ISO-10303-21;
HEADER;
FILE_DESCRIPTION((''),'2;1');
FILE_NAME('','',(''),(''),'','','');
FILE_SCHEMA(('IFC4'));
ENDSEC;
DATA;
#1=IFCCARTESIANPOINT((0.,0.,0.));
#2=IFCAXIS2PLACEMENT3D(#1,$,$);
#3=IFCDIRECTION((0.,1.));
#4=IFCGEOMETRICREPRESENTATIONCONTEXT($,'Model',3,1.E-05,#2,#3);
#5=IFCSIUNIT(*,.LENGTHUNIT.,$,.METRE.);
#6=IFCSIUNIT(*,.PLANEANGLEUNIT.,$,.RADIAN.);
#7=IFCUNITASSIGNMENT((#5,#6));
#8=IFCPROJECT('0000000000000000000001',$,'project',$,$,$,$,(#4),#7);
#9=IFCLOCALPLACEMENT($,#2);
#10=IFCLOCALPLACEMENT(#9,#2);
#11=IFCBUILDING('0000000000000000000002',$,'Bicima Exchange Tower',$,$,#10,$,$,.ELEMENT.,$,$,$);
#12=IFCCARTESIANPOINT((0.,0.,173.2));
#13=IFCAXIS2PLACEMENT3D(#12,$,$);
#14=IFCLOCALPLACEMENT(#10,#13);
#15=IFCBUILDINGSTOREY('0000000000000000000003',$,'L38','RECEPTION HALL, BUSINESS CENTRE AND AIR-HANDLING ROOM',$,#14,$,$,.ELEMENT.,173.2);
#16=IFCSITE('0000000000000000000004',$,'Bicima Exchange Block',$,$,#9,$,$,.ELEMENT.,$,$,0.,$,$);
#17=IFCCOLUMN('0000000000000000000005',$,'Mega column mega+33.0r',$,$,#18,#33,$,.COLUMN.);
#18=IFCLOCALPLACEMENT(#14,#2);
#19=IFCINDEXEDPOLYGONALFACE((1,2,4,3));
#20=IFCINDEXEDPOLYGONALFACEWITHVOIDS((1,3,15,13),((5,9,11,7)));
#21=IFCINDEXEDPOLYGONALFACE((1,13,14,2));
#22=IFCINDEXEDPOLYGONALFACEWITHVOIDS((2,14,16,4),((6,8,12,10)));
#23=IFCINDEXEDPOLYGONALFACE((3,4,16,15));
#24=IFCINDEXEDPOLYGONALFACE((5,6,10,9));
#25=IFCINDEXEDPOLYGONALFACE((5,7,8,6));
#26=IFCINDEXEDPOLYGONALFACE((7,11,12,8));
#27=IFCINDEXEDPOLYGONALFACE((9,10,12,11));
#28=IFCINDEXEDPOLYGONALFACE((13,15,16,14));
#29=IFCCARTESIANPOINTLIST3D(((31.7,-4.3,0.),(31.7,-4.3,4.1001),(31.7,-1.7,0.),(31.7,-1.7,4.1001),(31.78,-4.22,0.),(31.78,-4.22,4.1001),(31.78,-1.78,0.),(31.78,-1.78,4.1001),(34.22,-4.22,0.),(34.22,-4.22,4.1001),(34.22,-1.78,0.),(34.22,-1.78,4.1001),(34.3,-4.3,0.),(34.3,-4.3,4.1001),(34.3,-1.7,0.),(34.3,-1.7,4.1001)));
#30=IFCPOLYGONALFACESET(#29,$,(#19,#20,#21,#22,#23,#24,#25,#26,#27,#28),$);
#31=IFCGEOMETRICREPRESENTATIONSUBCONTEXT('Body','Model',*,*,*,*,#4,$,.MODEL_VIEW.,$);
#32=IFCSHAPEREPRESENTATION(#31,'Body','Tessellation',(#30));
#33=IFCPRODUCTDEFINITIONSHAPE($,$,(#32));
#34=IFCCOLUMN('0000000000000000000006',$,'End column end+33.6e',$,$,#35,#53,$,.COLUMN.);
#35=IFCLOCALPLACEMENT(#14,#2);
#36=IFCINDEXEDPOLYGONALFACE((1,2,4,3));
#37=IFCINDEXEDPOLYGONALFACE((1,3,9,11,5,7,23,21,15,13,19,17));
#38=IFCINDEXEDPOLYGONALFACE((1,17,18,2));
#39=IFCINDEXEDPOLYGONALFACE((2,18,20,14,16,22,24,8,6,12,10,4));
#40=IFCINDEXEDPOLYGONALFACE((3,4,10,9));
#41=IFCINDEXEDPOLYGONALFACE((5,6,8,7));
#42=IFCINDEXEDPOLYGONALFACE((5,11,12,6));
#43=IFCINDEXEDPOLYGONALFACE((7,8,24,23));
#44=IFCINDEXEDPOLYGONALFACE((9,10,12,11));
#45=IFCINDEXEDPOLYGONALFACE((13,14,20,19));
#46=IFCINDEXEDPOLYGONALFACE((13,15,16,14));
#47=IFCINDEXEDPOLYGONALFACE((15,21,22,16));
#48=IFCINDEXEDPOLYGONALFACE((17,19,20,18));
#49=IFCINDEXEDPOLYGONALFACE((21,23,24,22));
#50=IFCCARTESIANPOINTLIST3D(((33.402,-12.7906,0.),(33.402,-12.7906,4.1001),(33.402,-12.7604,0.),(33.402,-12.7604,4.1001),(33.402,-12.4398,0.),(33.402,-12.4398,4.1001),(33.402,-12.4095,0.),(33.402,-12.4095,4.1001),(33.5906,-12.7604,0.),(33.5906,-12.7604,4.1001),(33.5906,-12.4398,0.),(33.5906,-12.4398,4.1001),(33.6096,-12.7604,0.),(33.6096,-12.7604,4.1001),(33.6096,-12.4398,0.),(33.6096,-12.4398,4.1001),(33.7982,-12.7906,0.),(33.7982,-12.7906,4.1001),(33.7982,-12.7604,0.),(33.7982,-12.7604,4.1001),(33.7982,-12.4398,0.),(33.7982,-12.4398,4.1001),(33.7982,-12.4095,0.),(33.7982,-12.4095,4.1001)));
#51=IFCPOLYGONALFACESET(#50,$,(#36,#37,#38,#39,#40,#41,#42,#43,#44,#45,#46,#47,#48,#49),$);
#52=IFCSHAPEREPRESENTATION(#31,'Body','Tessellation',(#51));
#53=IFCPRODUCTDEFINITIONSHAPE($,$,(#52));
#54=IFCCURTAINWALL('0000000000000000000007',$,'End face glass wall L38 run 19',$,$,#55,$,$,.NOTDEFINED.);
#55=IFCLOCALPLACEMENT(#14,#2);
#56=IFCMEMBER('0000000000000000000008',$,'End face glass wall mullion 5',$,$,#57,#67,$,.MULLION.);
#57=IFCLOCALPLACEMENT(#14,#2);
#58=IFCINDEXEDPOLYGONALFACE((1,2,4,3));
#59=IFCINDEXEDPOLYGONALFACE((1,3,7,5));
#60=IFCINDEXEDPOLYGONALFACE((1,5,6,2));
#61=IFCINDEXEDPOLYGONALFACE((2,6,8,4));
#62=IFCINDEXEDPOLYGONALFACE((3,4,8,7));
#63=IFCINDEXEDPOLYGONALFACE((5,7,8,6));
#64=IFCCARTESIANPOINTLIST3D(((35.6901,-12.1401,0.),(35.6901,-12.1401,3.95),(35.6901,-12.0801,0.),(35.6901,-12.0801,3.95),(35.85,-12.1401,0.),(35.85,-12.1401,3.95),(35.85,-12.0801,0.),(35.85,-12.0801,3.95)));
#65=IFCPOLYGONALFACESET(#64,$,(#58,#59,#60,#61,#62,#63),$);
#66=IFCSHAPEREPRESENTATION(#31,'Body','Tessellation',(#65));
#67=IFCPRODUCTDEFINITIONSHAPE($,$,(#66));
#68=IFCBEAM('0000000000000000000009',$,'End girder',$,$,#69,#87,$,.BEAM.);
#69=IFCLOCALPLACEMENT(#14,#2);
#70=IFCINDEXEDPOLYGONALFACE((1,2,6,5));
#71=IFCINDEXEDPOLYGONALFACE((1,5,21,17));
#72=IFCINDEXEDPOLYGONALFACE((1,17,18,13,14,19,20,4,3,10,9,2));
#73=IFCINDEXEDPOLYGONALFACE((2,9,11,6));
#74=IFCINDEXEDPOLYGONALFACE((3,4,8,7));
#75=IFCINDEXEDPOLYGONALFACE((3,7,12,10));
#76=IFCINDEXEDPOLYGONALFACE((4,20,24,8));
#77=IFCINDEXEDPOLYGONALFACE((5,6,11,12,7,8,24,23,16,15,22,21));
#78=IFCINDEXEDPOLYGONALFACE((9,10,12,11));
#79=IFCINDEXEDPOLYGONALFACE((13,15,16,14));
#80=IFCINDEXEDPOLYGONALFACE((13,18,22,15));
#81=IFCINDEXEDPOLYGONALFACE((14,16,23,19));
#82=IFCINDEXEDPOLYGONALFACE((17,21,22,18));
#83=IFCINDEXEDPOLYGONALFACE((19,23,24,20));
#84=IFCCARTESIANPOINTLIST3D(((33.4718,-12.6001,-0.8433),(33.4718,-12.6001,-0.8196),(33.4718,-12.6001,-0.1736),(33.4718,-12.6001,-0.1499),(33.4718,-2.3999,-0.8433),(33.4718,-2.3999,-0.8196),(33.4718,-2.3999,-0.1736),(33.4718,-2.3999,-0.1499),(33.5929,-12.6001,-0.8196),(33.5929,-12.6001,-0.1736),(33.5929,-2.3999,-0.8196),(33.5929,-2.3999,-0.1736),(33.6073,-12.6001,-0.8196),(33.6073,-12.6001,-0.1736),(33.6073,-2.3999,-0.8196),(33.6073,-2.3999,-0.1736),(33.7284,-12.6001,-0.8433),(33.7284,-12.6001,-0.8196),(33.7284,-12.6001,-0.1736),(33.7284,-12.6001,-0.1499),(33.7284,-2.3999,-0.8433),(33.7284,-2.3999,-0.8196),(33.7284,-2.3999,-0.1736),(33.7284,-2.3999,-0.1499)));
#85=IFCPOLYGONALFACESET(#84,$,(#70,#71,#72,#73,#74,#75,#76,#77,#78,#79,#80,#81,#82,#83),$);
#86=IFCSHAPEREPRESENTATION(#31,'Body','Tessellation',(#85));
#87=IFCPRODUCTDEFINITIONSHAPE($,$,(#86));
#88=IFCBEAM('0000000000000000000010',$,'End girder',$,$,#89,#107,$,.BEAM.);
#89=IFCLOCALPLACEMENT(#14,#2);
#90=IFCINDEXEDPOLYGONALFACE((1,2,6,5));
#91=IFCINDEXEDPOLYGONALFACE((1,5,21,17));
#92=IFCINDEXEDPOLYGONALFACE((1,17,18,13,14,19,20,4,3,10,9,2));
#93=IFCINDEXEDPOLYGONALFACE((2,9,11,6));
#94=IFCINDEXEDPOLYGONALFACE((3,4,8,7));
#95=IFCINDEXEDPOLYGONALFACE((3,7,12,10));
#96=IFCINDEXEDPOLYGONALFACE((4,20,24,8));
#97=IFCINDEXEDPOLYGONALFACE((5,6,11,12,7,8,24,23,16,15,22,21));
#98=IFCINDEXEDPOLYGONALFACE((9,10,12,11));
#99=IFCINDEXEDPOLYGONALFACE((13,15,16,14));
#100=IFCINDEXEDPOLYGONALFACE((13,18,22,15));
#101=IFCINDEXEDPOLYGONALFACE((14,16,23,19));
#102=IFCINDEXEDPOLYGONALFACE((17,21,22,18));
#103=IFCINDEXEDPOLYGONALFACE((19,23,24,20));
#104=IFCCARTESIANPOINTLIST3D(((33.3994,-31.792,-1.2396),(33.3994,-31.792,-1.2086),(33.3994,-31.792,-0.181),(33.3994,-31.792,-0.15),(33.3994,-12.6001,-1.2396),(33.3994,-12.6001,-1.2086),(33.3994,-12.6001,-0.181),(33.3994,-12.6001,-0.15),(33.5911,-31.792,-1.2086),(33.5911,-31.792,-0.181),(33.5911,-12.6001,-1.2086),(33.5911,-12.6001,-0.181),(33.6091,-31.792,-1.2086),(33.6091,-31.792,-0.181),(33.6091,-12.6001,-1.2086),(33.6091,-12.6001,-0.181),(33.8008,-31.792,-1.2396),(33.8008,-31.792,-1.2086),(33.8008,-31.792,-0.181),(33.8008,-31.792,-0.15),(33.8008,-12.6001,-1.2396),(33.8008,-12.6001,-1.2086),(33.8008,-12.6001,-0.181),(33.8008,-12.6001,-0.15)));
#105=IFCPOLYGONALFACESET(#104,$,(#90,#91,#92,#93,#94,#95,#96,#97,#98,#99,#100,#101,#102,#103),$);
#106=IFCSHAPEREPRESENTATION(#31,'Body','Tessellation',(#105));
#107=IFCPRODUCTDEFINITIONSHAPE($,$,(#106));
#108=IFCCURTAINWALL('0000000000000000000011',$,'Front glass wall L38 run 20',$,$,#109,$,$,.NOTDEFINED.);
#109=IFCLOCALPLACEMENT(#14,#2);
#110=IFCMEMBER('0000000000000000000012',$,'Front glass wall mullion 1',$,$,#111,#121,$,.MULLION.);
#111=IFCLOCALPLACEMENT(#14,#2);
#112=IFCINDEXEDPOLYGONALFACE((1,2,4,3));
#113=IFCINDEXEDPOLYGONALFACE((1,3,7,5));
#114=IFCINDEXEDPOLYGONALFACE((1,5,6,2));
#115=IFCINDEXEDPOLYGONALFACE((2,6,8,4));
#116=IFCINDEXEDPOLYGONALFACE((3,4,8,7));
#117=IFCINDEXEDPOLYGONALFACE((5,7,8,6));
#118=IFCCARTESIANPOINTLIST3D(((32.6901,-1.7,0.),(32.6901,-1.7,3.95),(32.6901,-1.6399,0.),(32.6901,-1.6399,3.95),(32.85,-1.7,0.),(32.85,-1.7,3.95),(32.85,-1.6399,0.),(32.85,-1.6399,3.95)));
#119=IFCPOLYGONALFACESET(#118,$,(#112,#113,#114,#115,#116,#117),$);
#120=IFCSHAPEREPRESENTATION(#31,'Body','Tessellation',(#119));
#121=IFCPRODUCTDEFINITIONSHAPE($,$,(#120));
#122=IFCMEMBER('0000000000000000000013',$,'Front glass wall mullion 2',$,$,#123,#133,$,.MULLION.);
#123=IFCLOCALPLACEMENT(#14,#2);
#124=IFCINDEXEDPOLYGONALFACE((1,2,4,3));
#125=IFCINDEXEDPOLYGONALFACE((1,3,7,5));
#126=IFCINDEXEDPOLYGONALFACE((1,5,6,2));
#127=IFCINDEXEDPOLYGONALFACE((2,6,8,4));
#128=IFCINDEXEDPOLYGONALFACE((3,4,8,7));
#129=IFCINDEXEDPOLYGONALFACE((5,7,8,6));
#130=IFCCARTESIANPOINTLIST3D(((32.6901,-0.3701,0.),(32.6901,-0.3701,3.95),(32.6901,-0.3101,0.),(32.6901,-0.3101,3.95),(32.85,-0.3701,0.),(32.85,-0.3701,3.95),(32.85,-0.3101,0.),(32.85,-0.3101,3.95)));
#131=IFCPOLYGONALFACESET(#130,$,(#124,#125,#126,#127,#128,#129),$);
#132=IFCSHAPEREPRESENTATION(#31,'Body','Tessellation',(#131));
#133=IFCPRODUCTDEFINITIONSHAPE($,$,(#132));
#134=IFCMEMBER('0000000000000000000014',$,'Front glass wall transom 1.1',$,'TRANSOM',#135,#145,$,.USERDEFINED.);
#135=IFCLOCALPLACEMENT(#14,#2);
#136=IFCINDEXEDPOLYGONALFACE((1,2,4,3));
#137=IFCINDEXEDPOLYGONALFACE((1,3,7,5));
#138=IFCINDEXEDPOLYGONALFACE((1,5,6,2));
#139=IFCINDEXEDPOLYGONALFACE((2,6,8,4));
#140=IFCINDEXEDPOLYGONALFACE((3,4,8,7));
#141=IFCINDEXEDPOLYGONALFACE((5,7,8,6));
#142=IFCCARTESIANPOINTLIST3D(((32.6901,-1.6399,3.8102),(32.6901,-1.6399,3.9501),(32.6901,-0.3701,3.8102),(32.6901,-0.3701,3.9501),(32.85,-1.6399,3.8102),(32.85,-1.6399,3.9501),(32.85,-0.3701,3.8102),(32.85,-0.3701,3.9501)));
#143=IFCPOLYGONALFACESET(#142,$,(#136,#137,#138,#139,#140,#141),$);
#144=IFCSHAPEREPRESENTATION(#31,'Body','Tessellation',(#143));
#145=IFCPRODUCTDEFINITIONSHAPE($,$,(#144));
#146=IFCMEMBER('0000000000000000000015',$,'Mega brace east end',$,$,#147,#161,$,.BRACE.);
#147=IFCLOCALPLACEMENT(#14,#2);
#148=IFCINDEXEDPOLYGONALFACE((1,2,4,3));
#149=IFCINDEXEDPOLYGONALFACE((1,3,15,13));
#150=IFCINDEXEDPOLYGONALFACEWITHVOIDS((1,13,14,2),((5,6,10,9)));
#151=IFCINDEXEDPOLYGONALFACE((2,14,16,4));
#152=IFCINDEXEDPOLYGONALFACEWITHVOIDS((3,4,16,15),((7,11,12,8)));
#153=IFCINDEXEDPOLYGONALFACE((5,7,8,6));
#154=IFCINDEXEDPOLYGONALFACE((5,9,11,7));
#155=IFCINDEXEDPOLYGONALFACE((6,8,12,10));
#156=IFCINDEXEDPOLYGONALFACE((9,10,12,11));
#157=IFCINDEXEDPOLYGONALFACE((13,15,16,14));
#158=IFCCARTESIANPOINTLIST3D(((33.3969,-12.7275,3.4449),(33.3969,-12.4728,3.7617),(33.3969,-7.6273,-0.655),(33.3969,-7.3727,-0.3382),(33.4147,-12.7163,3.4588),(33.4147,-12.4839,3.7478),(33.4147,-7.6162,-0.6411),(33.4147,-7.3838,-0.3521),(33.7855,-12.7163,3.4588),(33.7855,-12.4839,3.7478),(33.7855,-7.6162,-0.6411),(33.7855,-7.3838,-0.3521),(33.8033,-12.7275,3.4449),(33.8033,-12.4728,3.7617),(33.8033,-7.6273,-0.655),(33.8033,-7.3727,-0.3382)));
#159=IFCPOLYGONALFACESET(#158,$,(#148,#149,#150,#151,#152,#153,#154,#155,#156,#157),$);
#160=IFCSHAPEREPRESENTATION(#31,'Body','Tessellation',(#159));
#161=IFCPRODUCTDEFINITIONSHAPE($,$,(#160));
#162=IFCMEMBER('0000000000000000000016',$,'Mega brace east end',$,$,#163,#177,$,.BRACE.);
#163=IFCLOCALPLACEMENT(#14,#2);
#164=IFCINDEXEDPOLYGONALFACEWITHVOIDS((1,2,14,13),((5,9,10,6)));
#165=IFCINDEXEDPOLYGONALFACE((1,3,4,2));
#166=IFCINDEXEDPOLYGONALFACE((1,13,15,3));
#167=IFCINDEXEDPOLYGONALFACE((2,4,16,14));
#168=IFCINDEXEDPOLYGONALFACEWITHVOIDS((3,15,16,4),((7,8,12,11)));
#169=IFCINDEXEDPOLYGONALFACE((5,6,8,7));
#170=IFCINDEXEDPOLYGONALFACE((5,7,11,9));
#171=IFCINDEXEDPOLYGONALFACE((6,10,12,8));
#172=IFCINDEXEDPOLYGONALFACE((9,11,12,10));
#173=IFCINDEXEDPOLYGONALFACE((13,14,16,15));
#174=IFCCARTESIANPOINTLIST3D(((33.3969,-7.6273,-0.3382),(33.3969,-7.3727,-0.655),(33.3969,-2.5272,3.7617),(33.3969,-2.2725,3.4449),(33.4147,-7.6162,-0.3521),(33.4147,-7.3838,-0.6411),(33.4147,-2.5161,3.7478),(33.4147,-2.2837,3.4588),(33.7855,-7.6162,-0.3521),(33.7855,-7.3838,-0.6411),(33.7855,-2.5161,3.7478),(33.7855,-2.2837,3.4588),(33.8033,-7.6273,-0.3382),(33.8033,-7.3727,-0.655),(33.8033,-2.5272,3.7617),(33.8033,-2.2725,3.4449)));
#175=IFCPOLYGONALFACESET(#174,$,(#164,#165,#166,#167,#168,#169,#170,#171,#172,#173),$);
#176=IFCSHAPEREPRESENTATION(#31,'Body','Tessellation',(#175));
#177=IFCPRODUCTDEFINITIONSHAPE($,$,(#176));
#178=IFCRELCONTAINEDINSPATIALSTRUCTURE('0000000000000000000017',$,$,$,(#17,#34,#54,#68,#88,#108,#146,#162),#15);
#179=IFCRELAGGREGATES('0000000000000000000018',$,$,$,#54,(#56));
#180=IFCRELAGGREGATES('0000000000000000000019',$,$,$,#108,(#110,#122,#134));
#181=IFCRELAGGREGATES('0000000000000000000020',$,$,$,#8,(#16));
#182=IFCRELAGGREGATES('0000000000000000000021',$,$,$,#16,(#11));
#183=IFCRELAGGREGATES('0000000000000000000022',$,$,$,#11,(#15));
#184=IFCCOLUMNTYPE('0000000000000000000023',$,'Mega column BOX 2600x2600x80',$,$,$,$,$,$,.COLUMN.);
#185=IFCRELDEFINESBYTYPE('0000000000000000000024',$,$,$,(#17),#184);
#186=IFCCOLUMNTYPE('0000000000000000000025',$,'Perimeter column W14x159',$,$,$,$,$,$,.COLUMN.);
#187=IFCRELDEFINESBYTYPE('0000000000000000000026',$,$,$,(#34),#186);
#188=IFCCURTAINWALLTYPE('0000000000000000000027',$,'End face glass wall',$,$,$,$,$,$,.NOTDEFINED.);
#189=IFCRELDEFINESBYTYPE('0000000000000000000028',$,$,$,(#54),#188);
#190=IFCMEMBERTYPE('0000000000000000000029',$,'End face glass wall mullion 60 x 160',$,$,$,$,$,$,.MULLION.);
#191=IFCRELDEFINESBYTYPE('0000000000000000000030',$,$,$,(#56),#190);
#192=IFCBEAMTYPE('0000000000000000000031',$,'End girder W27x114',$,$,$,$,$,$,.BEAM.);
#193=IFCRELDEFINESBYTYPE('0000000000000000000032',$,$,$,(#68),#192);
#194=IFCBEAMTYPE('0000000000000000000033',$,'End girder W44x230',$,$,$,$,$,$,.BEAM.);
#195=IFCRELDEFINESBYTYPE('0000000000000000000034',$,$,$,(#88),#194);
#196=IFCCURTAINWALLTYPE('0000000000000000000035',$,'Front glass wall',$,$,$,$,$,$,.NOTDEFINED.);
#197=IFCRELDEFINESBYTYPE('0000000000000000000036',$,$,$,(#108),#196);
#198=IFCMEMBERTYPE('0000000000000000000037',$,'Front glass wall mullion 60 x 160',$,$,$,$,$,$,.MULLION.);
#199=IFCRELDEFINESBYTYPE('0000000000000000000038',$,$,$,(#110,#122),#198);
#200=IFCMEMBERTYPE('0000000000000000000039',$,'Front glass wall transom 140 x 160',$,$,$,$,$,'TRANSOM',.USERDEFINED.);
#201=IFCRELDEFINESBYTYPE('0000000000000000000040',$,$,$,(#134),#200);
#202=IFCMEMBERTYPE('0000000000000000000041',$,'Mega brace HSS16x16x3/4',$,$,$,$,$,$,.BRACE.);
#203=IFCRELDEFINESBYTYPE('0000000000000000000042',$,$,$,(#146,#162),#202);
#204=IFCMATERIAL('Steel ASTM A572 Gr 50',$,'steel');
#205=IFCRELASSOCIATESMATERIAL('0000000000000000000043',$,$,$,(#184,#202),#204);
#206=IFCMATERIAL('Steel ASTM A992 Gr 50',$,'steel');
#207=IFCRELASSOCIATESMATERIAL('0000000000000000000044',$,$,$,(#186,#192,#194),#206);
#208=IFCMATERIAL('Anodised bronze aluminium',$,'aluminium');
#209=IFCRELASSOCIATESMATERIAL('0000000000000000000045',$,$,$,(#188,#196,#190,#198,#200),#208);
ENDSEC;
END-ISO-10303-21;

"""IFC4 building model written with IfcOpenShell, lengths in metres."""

from ifc_helpers import new_model, si_unit, direction, frame, origin, origin_2d, place, context, subcontext, project, spatial, rectangle, hollow_rectangle, i_section, extrude, material, material_profile, profile_set, type_object, element, aggregate, save


model = new_model("IFC4")

# Units and contexts
model_context = context("Model", 3, precision=1e-05, world=origin(), true_north=direction((0.0, 1.0)))
body_context = subcontext(model_context, "Body", "Model", "MODEL_VIEW")
ifc_project = project(units=[si_unit("LENGTHUNIT", "METRE"), si_unit("PLANEANGLEUNIT", "RADIAN")], contexts=[model_context])

# Site, building, storey
site_placement = place(None, origin())
site = spatial("IfcSite", under=ifc_project, at=site_placement, Name="Bicima Exchange Block", CompositionType="ELEMENT", RefElevation=0.0)
building_placement = place(site_placement, origin())
building = spatial("IfcBuilding", under=site, at=building_placement, Name="Bicima Exchange Tower", CompositionType="ELEMENT")
storey_placement = place(building_placement, frame((0.0, 0.0, 173.2)))
storey = spatial("IfcBuildingStorey", under=building, at=storey_placement, Name="L38", Description="RECEPTION HALL, BUSINESS CENTRE AND AIR-HANDLING ROOM", CompositionType="ELEMENT", Elevation=173.2)

# Columns
ifc_material_1 = material(Name="Steel ASTM A572 Gr 50", Category="steel")
ifc_material_profile_1 = material_profile(ifc_material_1, hollow_rectangle(XDim=2.6001, YDim=2.6001, WallThickness=0.0801, at=origin_2d()))
ifc_profile_set_1 = profile_set([ifc_material_profile_1], Name="Steel ASTM A572 Gr 50")
column_type_1 = type_object("IfcColumnType", Name="Mega column BOX 2600x2600x80", PredefinedType="COLUMN", material=ifc_profile_set_1)
column_1_placement = place(storey_placement, frame((33.0, -3.0, 0.0), z_axis=(0.0, 0.0, 1.0), x_axis=(1.0, 0.0, 0.0)))
element("IfcColumn", 1, at=column_1_placement, inside=storey, type_object=column_type_1, Name="Mega column mega+33.0r", PredefinedType="COLUMN", context=body_context, shape_type="SweptSolid", body=[
    extrude(hollow_rectangle(XDim=2.6001, YDim=2.6001, WallThickness=0.0801, at=origin_2d()), origin(), (0.0, 0.0, 1.0), 4.1001),
])
ifc_material_2 = material(Name="Steel ASTM A992 Gr 50", Category="steel")
ifc_material_profile_2 = material_profile(ifc_material_2, i_section(OverallWidth=0.3962, OverallDepth=0.3811, WebThickness=0.019, FlangeThickness=0.0303, at=origin_2d()))
ifc_profile_set_2 = profile_set([ifc_material_profile_2], Name="Steel ASTM A992 Gr 50")
column_type_2 = type_object("IfcColumnType", Name="Perimeter column W14x159", PredefinedType="COLUMN", material=ifc_profile_set_2)
column_2_placement = place(storey_placement, frame((33.6001, -12.6001, 0.0), z_axis=(0.0, 0.0, 1.0), x_axis=(1.0, 0.0, 0.0)))
element("IfcColumn", 2, at=column_2_placement, inside=storey, type_object=column_type_2, Name="End column end+33.6e", PredefinedType="COLUMN", context=body_context, shape_type="SweptSolid", body=[
    extrude(i_section(OverallWidth=0.3962, OverallDepth=0.3811, WebThickness=0.019, FlangeThickness=0.0303, at=origin_2d()), origin(), (0.0, 0.0, 1.0), 4.1001),
])

# Curtain wall, member
ifc_material_3 = material(Name="Anodised bronze aluminium", Category="aluminium")
curtain_wall_type_1 = type_object("IfcCurtainWallType", Name="End face glass wall", PredefinedType="NOTDEFINED", material=ifc_material_3)
curtain_wall_1_placement = place(storey_placement, origin())
curtain_wall_1 = element("IfcCurtainWall", 3, at=curtain_wall_1_placement, inside=storey, type_object=curtain_wall_type_1, Name="End face glass wall L38 run 19", PredefinedType="NOTDEFINED")
ifc_material_profile_3 = material_profile(ifc_material_3, rectangle(XDim=0.1599, YDim=0.0601, at=origin_2d()))
ifc_profile_set_3 = profile_set([ifc_material_profile_3], Name="Anodised bronze aluminium")
member_type_1 = type_object("IfcMemberType", Name="End face glass wall mullion 60 x 160", PredefinedType="MULLION", material=ifc_profile_set_3)
member_1_placement = place(storey_placement, frame((35.77, -12.1101, 0.0), z_axis=(0.0, 0.0, 1.0), x_axis=(-1.0, 0.0, 0.0)))
member_1 = element("IfcMember", 4, at=member_1_placement, type_object=member_type_1, Name="End face glass wall mullion 5", PredefinedType="MULLION", context=body_context, shape_type="SweptSolid", body=[
    extrude(rectangle(XDim=0.1599, YDim=0.0601, at=origin_2d()), origin(), (0.0, 0.0, 1.0), 3.95),
])
aggregate(curtain_wall_1, [member_1])

# Beams
ifc_material_profile_4 = material_profile(ifc_material_2, i_section(OverallWidth=0.2566, OverallDepth=0.6934, WebThickness=0.0144, FlangeThickness=0.0237, at=origin_2d()))
ifc_profile_set_4 = profile_set([ifc_material_profile_4], Name="Steel ASTM A992 Gr 50")
beam_type_1 = type_object("IfcBeamType", Name="End girder W27x114", PredefinedType="BEAM", material=ifc_profile_set_4)
beam_1_placement = place(storey_placement, frame((33.6001, -2.3999, -0.4966), z_axis=(0.0, -1.0, 0.0), x_axis=(1.0, 0.0, 0.0)))
element("IfcBeam", 5, at=beam_1_placement, inside=storey, type_object=beam_type_1, Name="End girder", PredefinedType="BEAM", context=body_context, shape_type="SweptSolid", body=[
    extrude(i_section(OverallWidth=0.2566, OverallDepth=0.6934, WebThickness=0.0144, FlangeThickness=0.0237, at=origin_2d()), origin(), (0.0, 0.0, 1.0), 10.2002),
])
ifc_material_profile_5 = material_profile(ifc_material_2, i_section(OverallWidth=0.4014, OverallDepth=1.0896, WebThickness=0.0181, FlangeThickness=0.031, at=origin_2d()))
ifc_profile_set_5 = profile_set([ifc_material_profile_5], Name="Steel ASTM A992 Gr 50")
beam_type_2 = type_object("IfcBeamType", Name="End girder W44x230", PredefinedType="BEAM", material=ifc_profile_set_5)
beam_2_placement = place(storey_placement, frame((33.6001, -12.6001, -0.6948), z_axis=(0.0, -1.0, 0.0), x_axis=(1.0, 0.0, 0.0)))
element("IfcBeam", 6, at=beam_2_placement, inside=storey, type_object=beam_type_2, Name="End girder", PredefinedType="BEAM", context=body_context, shape_type="SweptSolid", body=[
    extrude(i_section(OverallWidth=0.4014, OverallDepth=1.0896, WebThickness=0.0181, FlangeThickness=0.031, at=origin_2d()), origin(), (0.0, 0.0, 1.0), 19.1919),
])

# Curtain wall, members
curtain_wall_type_2 = type_object("IfcCurtainWallType", Name="Front glass wall", PredefinedType="NOTDEFINED", material=ifc_material_3)
curtain_wall_2_placement = place(storey_placement, origin())
curtain_wall_2 = element("IfcCurtainWall", 7, at=curtain_wall_2_placement, inside=storey, type_object=curtain_wall_type_2, Name="Front glass wall L38 run 20", PredefinedType="NOTDEFINED")
member_type_2 = type_object("IfcMemberType", Name="Front glass wall mullion 60 x 160", PredefinedType="MULLION", material=ifc_profile_set_3)
member_2_placement = place(storey_placement, frame((32.77, -1.6699, 0.0), z_axis=(0.0, 0.0, 1.0), x_axis=(-1.0, 0.0, 0.0)))
member_2 = element("IfcMember", 8, at=member_2_placement, type_object=member_type_2, Name="Front glass wall mullion 1", PredefinedType="MULLION", context=body_context, shape_type="SweptSolid", body=[
    extrude(rectangle(XDim=0.1599, YDim=0.0601, at=origin_2d()), origin(), (0.0, 0.0, 1.0), 3.95),
])
member_3_placement = place(storey_placement, frame((32.77, -0.3401, 0.0), z_axis=(0.0, 0.0, 1.0), x_axis=(-1.0, 0.0, 0.0)))
member_3 = element("IfcMember", 9, at=member_3_placement, type_object=member_type_2, Name="Front glass wall mullion 2", PredefinedType="MULLION", context=body_context, shape_type="SweptSolid", body=[
    extrude(rectangle(XDim=0.1599, YDim=0.0601, at=origin_2d()), origin(), (0.0, 0.0, 1.0), 3.95),
])
ifc_material_profile_6 = material_profile(ifc_material_3, rectangle(XDim=0.1599, YDim=0.1399, at=origin_2d()))
ifc_profile_set_6 = profile_set([ifc_material_profile_6], Name="Anodised bronze aluminium")
member_type_3 = type_object("IfcMemberType", Name="Front glass wall transom 140 x 160", ElementType="TRANSOM", PredefinedType="USERDEFINED", material=ifc_profile_set_6)
member_4_placement = place(storey_placement, frame((32.77, -1.6399, 3.8801), z_axis=(0.0, 1.0, 0.0), x_axis=(-1.0, 0.0, 0.0)))
member_4 = element("IfcMember", 10, at=member_4_placement, type_object=member_type_3, Name="Front glass wall transom 1.1", ObjectType="TRANSOM", PredefinedType="USERDEFINED", context=body_context, shape_type="SweptSolid", body=[
    extrude(rectangle(XDim=0.1599, YDim=0.1399, at=origin_2d()), origin(), (0.0, 0.0, 1.0), 1.2698),
])

# Members
ifc_material_profile_7 = material_profile(ifc_material_1, hollow_rectangle(XDim=0.4065, YDim=0.4065, WallThickness=0.0178, at=origin_2d()))
ifc_profile_set_7 = profile_set([ifc_material_profile_7], Name="Steel ASTM A572 Gr 50")
member_type_4 = type_object("IfcMemberType", Name="Mega brace HSS16x16x3/4", PredefinedType="BRACE", material=ifc_profile_set_7)
for number, where, z_axis, x_axis, name in (
    (11, (33.6001, -7.5, -0.4966), (0.0, -0.779392, 0.626536), (1.0, 0.0, 0.0), "Mega brace east end"),
    (12, (33.6001, -7.5, -0.4966), (0.0, 0.779392, 0.626536), (-1.0, 0.0, 0.0), "Mega brace east end"),
):
    element("IfcMember", number, at=place(storey_placement, frame(where, z_axis=z_axis, x_axis=x_axis)), inside=storey, type_object=member_type_4, Name=name, PredefinedType="BRACE", context=body_context, shape_type="SweptSolid", body=[
        extrude(hollow_rectangle(XDim=0.4065, YDim=0.4065, WallThickness=0.0178, at=origin_2d()), origin(), (0.0, 0.0, 1.0), 6.5437),
    ])

aggregate(curtain_wall_2, [member_2, member_3, member_4])

save(model, "model.ifc")
